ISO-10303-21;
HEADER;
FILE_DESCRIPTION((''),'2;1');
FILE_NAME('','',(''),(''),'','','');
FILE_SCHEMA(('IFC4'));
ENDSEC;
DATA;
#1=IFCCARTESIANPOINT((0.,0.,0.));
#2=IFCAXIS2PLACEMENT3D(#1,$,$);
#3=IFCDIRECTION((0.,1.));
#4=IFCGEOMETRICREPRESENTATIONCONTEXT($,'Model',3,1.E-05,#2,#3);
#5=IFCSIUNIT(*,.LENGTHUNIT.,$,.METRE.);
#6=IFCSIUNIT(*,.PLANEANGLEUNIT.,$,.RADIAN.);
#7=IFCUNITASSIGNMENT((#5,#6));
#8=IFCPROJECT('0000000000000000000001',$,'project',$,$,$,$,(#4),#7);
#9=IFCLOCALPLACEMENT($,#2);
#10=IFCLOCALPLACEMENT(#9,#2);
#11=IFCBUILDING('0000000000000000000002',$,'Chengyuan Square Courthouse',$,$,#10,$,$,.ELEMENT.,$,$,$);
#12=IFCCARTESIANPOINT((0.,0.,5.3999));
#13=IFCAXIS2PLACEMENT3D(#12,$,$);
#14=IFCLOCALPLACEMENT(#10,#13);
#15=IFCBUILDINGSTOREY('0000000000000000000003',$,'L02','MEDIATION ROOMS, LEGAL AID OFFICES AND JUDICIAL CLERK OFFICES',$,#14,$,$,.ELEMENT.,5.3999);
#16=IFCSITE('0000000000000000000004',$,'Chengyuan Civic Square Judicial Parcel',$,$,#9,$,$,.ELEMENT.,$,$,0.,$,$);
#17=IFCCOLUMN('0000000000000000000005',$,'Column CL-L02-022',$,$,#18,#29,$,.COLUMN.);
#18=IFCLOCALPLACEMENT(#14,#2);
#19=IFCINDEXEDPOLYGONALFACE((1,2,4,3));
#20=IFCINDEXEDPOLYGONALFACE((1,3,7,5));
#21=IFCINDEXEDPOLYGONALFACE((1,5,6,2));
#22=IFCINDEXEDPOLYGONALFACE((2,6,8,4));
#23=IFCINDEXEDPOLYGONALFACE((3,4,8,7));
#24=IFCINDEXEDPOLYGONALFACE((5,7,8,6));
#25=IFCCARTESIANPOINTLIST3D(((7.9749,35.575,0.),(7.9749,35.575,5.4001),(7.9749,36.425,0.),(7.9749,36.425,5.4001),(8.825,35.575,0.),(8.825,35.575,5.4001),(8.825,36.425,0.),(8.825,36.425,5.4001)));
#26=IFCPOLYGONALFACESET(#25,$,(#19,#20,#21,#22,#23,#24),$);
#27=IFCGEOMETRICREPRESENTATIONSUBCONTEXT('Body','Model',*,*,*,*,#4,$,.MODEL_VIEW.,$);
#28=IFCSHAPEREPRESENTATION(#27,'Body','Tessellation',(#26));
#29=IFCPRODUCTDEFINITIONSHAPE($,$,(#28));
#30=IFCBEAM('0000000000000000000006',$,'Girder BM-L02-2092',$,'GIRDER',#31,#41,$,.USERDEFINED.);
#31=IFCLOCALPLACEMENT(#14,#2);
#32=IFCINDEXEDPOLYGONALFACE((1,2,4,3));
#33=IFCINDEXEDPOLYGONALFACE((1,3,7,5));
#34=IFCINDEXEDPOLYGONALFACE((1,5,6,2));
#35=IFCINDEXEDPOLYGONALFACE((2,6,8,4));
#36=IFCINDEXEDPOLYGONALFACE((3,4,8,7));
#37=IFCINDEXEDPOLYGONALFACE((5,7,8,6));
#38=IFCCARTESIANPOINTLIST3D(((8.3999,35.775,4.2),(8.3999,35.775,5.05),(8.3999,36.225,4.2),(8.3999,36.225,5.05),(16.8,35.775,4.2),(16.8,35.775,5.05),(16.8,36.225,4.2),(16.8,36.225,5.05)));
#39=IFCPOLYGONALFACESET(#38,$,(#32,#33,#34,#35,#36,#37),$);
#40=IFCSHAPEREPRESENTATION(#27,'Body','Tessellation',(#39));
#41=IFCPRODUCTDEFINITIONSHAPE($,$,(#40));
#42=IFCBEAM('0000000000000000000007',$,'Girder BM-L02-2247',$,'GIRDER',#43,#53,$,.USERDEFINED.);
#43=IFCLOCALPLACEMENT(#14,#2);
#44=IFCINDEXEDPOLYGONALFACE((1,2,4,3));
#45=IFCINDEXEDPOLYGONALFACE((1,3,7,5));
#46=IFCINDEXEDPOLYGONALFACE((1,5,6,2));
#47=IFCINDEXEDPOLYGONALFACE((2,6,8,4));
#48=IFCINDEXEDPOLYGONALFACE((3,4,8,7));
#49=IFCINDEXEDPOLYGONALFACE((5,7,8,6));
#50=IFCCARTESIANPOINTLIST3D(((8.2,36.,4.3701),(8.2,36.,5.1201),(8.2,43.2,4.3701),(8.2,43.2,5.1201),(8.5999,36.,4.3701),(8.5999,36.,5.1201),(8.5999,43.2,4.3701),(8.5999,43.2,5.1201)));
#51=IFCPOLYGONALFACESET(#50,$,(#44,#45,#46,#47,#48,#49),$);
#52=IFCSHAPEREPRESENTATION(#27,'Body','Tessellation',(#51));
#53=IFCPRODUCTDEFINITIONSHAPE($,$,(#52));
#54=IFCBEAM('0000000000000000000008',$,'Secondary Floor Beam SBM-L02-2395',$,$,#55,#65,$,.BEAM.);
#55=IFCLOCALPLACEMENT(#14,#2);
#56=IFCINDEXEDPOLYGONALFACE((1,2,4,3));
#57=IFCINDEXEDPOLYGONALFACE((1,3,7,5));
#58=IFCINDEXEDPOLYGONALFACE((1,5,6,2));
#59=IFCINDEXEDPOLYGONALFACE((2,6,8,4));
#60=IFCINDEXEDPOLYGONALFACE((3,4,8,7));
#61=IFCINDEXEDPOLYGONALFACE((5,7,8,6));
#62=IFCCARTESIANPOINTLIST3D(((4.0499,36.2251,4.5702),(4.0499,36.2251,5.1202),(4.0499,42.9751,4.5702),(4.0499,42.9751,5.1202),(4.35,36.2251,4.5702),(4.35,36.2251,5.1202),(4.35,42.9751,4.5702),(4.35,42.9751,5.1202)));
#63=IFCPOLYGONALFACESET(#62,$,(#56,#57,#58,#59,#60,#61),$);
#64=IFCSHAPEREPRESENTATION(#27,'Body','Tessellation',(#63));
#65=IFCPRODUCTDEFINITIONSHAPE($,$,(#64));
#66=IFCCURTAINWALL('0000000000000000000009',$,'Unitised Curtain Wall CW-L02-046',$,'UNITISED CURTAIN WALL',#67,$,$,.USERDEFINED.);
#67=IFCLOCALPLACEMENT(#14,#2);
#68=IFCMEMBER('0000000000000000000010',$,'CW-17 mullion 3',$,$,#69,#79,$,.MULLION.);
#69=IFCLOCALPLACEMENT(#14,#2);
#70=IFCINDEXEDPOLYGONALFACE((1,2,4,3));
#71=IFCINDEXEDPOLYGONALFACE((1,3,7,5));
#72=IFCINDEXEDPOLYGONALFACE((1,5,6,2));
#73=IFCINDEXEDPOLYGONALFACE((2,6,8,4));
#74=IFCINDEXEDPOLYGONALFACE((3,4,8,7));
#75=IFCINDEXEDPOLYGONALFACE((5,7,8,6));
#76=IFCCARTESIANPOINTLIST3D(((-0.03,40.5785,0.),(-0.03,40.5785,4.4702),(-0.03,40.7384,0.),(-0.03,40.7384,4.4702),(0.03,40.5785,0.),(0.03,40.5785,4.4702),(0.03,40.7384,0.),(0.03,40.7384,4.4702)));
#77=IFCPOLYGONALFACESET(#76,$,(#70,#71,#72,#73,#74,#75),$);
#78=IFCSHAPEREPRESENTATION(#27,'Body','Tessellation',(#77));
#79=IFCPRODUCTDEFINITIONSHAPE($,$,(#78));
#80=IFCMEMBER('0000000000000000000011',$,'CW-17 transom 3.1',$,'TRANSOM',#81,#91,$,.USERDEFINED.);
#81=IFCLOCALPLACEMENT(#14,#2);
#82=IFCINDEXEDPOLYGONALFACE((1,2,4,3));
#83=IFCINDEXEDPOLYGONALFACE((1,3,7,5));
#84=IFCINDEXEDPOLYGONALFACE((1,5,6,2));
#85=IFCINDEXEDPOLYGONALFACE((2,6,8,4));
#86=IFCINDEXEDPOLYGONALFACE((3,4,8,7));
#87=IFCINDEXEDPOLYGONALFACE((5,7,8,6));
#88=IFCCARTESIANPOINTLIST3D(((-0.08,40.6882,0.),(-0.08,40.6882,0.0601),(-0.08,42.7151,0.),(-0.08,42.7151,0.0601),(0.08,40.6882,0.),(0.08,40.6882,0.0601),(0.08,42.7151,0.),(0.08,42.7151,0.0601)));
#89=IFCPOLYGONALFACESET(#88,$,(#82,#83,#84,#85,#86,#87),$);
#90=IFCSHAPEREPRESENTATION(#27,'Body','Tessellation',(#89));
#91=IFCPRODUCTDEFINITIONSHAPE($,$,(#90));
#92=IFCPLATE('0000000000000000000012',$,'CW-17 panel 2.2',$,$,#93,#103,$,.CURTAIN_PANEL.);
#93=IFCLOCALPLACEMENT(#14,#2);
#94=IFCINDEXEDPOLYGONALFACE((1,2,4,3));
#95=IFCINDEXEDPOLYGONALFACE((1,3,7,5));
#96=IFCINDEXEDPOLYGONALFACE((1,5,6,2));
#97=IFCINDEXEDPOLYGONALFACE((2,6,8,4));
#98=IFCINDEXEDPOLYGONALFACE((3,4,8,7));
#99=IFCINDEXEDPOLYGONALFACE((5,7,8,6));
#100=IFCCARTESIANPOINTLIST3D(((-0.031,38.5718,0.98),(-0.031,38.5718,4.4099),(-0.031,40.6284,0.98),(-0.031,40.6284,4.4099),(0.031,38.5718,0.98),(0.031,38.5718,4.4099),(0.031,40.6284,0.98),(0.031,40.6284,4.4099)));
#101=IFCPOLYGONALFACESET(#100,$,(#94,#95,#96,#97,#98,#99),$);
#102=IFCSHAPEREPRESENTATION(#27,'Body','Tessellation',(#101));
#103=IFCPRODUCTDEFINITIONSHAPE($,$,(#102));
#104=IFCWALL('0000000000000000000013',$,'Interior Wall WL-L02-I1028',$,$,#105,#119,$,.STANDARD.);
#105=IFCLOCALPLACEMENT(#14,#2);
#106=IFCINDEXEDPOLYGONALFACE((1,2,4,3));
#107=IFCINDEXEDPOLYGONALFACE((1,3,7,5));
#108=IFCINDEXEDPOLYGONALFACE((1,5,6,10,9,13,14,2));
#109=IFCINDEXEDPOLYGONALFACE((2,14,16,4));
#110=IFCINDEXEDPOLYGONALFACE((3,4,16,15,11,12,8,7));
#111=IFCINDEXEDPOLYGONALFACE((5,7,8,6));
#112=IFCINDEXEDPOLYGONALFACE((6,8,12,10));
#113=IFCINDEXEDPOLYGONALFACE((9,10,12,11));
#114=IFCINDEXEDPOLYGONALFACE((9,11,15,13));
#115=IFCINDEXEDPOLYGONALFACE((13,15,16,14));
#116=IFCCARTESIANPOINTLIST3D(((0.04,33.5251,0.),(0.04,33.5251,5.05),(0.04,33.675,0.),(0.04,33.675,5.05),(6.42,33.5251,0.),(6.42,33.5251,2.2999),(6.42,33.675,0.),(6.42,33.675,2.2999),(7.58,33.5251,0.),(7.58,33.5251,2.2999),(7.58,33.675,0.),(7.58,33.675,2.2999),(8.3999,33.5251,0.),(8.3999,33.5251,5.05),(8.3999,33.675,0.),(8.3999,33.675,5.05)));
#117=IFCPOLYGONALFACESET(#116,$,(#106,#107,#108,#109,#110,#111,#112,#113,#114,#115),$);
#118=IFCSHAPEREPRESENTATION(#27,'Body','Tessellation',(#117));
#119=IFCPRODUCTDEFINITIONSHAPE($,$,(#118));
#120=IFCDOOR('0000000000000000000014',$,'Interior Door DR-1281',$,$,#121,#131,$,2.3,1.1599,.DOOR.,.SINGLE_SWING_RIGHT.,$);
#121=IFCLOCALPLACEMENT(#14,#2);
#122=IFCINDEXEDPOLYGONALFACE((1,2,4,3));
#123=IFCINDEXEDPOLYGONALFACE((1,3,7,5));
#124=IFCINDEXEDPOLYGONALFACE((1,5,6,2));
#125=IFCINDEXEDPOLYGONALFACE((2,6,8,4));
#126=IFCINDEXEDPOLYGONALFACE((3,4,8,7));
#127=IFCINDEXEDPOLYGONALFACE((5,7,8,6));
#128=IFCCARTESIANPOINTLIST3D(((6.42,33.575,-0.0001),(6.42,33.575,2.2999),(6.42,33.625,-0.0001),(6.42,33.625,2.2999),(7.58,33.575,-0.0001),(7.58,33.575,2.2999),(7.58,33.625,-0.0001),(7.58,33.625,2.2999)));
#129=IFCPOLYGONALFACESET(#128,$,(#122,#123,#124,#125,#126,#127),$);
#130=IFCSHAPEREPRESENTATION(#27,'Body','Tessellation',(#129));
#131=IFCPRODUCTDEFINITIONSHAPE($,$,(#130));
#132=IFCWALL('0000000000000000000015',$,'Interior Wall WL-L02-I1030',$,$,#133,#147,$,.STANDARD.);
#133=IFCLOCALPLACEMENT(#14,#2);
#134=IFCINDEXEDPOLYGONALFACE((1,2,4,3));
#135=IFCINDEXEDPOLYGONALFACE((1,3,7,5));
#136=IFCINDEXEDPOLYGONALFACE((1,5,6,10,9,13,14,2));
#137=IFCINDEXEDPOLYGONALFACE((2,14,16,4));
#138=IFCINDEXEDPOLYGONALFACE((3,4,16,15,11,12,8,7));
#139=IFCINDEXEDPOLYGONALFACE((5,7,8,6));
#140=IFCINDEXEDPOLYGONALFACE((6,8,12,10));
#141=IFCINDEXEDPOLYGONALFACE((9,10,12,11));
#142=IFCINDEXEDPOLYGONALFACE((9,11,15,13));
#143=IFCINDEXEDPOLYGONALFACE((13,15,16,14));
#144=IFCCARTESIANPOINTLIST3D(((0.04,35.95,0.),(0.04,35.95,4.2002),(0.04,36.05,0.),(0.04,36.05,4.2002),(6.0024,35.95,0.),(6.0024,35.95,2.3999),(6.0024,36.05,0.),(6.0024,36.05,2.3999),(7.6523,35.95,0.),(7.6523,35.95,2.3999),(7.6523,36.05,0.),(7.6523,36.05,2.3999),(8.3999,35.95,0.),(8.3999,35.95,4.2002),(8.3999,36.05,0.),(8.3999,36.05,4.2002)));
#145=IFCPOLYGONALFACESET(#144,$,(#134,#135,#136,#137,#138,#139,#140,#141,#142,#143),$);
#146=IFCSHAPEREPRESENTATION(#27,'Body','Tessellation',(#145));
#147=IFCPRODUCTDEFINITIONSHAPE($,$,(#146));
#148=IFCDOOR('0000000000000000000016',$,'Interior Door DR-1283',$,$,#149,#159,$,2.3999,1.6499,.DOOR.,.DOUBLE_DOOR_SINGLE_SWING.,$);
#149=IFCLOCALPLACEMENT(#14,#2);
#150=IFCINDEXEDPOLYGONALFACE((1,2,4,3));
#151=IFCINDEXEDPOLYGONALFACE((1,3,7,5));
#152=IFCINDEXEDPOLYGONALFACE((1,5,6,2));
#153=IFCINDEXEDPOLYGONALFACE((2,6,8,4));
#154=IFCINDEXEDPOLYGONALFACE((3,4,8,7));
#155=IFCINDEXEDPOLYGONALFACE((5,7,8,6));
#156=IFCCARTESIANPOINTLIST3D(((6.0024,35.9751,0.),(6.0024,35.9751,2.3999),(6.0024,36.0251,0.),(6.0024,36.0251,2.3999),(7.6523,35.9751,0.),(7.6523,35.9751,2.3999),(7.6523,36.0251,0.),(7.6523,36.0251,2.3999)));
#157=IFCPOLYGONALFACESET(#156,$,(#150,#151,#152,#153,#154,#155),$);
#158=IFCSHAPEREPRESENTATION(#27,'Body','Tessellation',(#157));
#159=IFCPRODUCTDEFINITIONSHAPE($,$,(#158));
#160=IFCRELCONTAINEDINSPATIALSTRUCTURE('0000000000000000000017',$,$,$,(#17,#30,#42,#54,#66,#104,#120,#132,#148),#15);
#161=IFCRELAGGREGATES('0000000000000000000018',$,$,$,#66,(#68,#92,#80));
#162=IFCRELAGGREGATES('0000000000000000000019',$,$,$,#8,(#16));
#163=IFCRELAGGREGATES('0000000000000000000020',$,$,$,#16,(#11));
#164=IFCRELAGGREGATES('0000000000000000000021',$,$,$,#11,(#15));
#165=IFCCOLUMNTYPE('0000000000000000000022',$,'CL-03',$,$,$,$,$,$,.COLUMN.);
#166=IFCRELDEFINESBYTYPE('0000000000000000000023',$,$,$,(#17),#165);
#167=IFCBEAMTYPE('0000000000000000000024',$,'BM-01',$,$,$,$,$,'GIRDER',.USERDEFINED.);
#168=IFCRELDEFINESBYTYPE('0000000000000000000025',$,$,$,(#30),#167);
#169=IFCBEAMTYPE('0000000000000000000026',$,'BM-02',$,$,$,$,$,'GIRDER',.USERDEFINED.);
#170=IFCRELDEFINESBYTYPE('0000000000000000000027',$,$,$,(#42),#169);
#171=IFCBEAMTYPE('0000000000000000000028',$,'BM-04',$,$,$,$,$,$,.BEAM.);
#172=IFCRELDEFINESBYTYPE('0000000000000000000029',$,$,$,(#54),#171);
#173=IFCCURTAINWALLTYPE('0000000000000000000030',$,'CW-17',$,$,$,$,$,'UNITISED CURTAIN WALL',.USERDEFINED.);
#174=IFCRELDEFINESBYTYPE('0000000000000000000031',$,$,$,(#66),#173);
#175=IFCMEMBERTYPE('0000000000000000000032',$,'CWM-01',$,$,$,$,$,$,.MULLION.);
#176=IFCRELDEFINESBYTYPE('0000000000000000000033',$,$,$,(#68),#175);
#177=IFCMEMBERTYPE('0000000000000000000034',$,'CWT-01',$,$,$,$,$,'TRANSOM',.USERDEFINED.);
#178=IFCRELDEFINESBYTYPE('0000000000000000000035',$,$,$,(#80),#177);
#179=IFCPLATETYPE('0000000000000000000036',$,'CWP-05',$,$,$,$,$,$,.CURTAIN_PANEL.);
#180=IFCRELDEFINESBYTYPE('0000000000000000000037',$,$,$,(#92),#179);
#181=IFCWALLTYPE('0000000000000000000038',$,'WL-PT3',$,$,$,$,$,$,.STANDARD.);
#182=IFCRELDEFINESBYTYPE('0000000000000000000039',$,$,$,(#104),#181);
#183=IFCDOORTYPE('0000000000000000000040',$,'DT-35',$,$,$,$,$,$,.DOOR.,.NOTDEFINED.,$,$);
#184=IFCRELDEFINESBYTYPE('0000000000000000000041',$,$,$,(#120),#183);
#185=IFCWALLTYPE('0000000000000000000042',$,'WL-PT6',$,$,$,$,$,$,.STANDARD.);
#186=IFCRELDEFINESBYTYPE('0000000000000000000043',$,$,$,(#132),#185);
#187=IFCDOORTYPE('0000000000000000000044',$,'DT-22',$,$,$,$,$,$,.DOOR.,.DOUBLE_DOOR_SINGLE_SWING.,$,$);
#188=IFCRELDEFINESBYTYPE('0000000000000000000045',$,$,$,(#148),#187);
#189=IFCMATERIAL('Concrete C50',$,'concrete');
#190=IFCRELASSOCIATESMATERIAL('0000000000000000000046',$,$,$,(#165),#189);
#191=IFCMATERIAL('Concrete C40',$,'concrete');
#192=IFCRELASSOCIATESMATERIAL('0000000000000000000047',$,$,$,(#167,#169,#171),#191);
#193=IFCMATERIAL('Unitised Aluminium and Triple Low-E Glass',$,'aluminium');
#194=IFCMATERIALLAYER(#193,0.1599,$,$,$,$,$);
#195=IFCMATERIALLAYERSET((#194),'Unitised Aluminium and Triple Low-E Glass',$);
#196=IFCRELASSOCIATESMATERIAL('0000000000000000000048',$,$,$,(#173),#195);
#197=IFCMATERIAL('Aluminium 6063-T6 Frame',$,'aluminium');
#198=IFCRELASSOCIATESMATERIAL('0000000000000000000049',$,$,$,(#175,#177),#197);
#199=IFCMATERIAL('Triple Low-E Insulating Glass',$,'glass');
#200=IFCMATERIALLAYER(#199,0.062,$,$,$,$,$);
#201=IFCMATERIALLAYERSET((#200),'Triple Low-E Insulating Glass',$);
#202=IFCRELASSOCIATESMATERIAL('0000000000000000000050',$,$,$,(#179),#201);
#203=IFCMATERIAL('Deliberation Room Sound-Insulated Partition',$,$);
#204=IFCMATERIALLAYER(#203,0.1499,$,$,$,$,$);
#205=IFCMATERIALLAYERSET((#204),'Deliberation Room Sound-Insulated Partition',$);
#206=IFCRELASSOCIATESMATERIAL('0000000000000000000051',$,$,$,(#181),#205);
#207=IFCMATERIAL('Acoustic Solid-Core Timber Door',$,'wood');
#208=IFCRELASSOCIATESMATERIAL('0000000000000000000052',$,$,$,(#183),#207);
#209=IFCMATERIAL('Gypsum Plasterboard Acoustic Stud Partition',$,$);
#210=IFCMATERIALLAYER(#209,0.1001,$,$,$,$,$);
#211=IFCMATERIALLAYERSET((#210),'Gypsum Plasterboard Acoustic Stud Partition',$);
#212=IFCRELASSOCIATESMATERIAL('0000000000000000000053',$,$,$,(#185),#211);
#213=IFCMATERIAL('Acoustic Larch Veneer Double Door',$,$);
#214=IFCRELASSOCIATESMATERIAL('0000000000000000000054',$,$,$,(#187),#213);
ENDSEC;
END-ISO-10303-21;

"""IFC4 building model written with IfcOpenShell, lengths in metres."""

from ifc_helpers import new_model, si_unit, direction, frame, frame_2d, origin, origin_2d, place, context, subcontext, project, spatial, rectangle, extrude, material, layer, layer_set, material_profile, profile_set, type_object, element, fill, aggregate, save


model = new_model("IFC4")

# Units and contexts
model_context = context("Model", 3, precision=1e-05, world=origin(), true_north=direction((0.0, 1.0)))
body_context = subcontext(model_context, "Body", "Model", "MODEL_VIEW")
ifc_project = project(units=[si_unit("LENGTHUNIT", "METRE"), si_unit("PLANEANGLEUNIT", "RADIAN")], contexts=[model_context])

# Site, building, storey
site_placement = place(None, origin())
site = spatial("IfcSite", under=ifc_project, at=site_placement, Name="Chengyuan Civic Square Judicial Parcel", CompositionType="ELEMENT", RefElevation=0.0)
building_placement = place(site_placement, origin())
building = spatial("IfcBuilding", under=site, at=building_placement, Name="Chengyuan Square Courthouse", CompositionType="ELEMENT")
storey_placement = place(building_placement, frame((0.0, 0.0, 5.3999)))
storey = spatial("IfcBuildingStorey", under=building, at=storey_placement, Name="L02", Description="MEDIATION ROOMS, LEGAL AID OFFICES AND JUDICIAL CLERK OFFICES", CompositionType="ELEMENT", Elevation=5.3999)

# Column
ifc_material_1 = material(Name="Concrete C50", Category="concrete")
ifc_material_profile_1 = material_profile(ifc_material_1, rectangle(XDim=0.8501, YDim=0.8501, at=origin_2d()), Name="RC-COL-850x850")
ifc_profile_set_1 = profile_set([ifc_material_profile_1], Name="Concrete C50")
column_type = type_object("IfcColumnType", Name="CL-03", PredefinedType="COLUMN", material=ifc_profile_set_1)
column_placement = place(storey_placement, frame((8.3999, 36.0, 0.0), z_axis=(0.0, 0.0, 1.0), x_axis=(1.0, 0.0, 0.0)))
element("IfcColumn", 1, at=column_placement, inside=storey, type_object=column_type, Name="Column CL-L02-022", PredefinedType="COLUMN", context=body_context, shape_type="SweptSolid", body=[
    extrude(rectangle(XDim=0.8501, YDim=0.8501, at=origin_2d()), origin(), (0.0, 0.0, 1.0), 5.4001),
])

# Beams
ifc_material_2 = material(Name="Concrete C40", Category="concrete")
ifc_material_profile_2 = material_profile(ifc_material_2, rectangle(XDim=0.45, YDim=0.8501, at=origin_2d()), Name="RC-BM-450x850")
ifc_profile_set_2 = profile_set([ifc_material_profile_2], Name="Concrete C40")
beam_type_1 = type_object("IfcBeamType", Name="BM-01", ElementType="GIRDER", PredefinedType="USERDEFINED", material=ifc_profile_set_2)
beam_1_placement = place(storey_placement, frame((8.3999, 36.0, 4.625), z_axis=(1.0, 0.0, 0.0), x_axis=(0.0, 1.0, 0.0)))
element("IfcBeam", 2, at=beam_1_placement, inside=storey, type_object=beam_type_1, Name="Girder BM-L02-2092", ObjectType="GIRDER", PredefinedType="USERDEFINED", context=body_context, shape_type="SweptSolid", body=[
    extrude(rectangle(XDim=0.45, YDim=0.8501, at=origin_2d()), origin(), (0.0, 0.0, 1.0), 8.4001),
])
ifc_material_profile_3 = material_profile(ifc_material_2, rectangle(XDim=0.3999, YDim=0.75, at=origin_2d()), Name="RC-BM-400x750")
ifc_profile_set_3 = profile_set([ifc_material_profile_3], Name="Concrete C40")
beam_type_2 = type_object("IfcBeamType", Name="BM-02", ElementType="GIRDER", PredefinedType="USERDEFINED", material=ifc_profile_set_3)
beam_2_placement = place(storey_placement, frame((8.3999, 36.0, 4.7451), z_axis=(0.0, 1.0, 0.0), x_axis=(-1.0, 0.0, 0.0)))
element("IfcBeam", 3, at=beam_2_placement, inside=storey, type_object=beam_type_2, Name="Girder BM-L02-2247", ObjectType="GIRDER", PredefinedType="USERDEFINED", context=body_context, shape_type="SweptSolid", body=[
    extrude(rectangle(XDim=0.3999, YDim=0.75, at=origin_2d()), origin(), (0.0, 0.0, 1.0), 7.2),
])
ifc_material_profile_4 = material_profile(ifc_material_2, rectangle(XDim=0.3, YDim=0.55, at=origin_2d()), Name="RC-BM-300x550")
ifc_profile_set_4 = profile_set([ifc_material_profile_4], Name="Concrete C40")
beam_type_3 = type_object("IfcBeamType", Name="BM-04", PredefinedType="BEAM", material=ifc_profile_set_4)
beam_3_placement = place(storey_placement, frame((4.2, 36.2251, 4.8452), z_axis=(0.0, 1.0, 0.0), x_axis=(-1.0, 0.0, 0.0)))
element("IfcBeam", 4, at=beam_3_placement, inside=storey, type_object=beam_type_3, Name="Secondary Floor Beam SBM-L02-2395", PredefinedType="BEAM", context=body_context, shape_type="SweptSolid", body=[
    extrude(rectangle(XDim=0.3, YDim=0.55, at=origin_2d()), origin(), (0.0, 0.0, 1.0), 6.75),
])

# Curtain wall, members, plate
ifc_material_3 = material(Name="Unitised Aluminium and Triple Low-E Glass", Category="aluminium")
ifc_layer_1 = layer(ifc_material_3, 0.1599)
ifc_layer_set_1 = layer_set([ifc_layer_1], Name="Unitised Aluminium and Triple Low-E Glass")
curtain_wall_type = type_object("IfcCurtainWallType", Name="CW-17", ElementType="UNITISED CURTAIN WALL", PredefinedType="USERDEFINED", material=ifc_layer_set_1)
curtain_wall_placement = place(storey_placement, origin())
curtain_wall = element("IfcCurtainWall", 5, at=curtain_wall_placement, inside=storey, type_object=curtain_wall_type, Name="Unitised Curtain Wall CW-L02-046", ObjectType="UNITISED CURTAIN WALL", PredefinedType="USERDEFINED")
ifc_material_4 = material(Name="Aluminium 6063-T6 Frame", Category="aluminium")
ifc_material_profile_5 = material_profile(ifc_material_4, rectangle(XDim=0.0601, YDim=0.1599, at=origin_2d()), Name="CW-MUL-60x160")
ifc_profile_set_5 = profile_set([ifc_material_profile_5], Name="Aluminium 6063-T6 Frame")
member_type_1 = type_object("IfcMemberType", Name="CWM-01", PredefinedType="MULLION", material=ifc_profile_set_5)
member_1_placement = place(storey_placement, frame((0.0, 40.6584, 0.0), z_axis=(0.0, 0.0, 1.0), x_axis=(-1.0, 0.0, 0.0)))
member_1 = element("IfcMember", 6, at=member_1_placement, type_object=member_type_1, Name="CW-17 mullion 3", PredefinedType="MULLION", context=body_context, shape_type="SweptSolid", body=[
    extrude(rectangle(XDim=0.0601, YDim=0.1599, at=origin_2d()), origin(), (0.0, 0.0, 1.0), 4.4702),
])
ifc_material_profile_6 = material_profile(ifc_material_4, rectangle(XDim=0.1599, YDim=0.0601, at=origin_2d()), Name="CW-TRN-60x120")
ifc_profile_set_6 = profile_set([ifc_material_profile_6], Name="Aluminium 6063-T6 Frame")
member_type_2 = type_object("IfcMemberType", Name="CWT-01", ElementType="TRANSOM", PredefinedType="USERDEFINED", material=ifc_profile_set_6)
member_2_placement = place(storey_placement, frame((0.0, 40.6882, 0.03), z_axis=(0.0, 1.0, 0.0), x_axis=(-1.0, 0.0, 0.0)))
member_2 = element("IfcMember", 7, at=member_2_placement, type_object=member_type_2, Name="CW-17 transom 3.1", ObjectType="TRANSOM", PredefinedType="USERDEFINED", context=body_context, shape_type="SweptSolid", body=[
    extrude(rectangle(XDim=0.1599, YDim=0.0601, at=origin_2d()), origin(), (0.0, 0.0, 1.0), 2.0269),
])
ifc_material_5 = material(Name="Triple Low-E Insulating Glass", Category="glass")
ifc_layer_2 = layer(ifc_material_5, 0.062)
ifc_layer_set_2 = layer_set([ifc_layer_2], Name="Triple Low-E Insulating Glass")
plate_type = type_object("IfcPlateType", Name="CWP-05", PredefinedType="CURTAIN_PANEL", material=ifc_layer_set_2)
plate_placement = place(storey_placement, frame((0.0, 39.6001, 0.98), z_axis=(0.0, 0.0, 1.0), x_axis=(0.0, 1.0, 0.0)))
plate = element("IfcPlate", 8, at=plate_placement, type_object=plate_type, Name="CW-17 panel 2.2", PredefinedType="CURTAIN_PANEL", context=body_context, shape_type="SweptSolid", body=[
    extrude(rectangle(XDim=2.0566, YDim=0.062, at=origin_2d()), origin(), (0.0, 0.0, 1.0), 3.4299),
])
aggregate(curtain_wall, [member_1, plate, member_2])

# Walls, openings, doors
ifc_material_6 = material(Name="Deliberation Room Sound-Insulated Partition")
ifc_layer_3 = layer(ifc_material_6, 0.1499)
ifc_layer_set_3 = layer_set([ifc_layer_3], Name="Deliberation Room Sound-Insulated Partition")
wall_type_1 = type_object("IfcWallType", Name="WL-PT3", PredefinedType="STANDARD", material=ifc_layer_set_3)
wall_1_placement = place(storey_placement, frame((0.04, 33.6001, 0.0), z_axis=(0.0, 0.0, 1.0), x_axis=(1.0, 0.0, 0.0)))
wall_1 = element("IfcWall", 9, at=wall_1_placement, inside=storey, type_object=wall_type_1, Name="Interior Wall WL-L02-I1028", PredefinedType="STANDARD", context=body_context, shape_type="SweptSolid", body=[
    extrude(rectangle(XDim=8.3599, YDim=0.1499, at=frame_2d((4.1799, 0.0))), origin(), (0.0, 0.0, 1.0), 5.05),
])
opening_1_placement = place(wall_1_placement, frame((6.3799, 0.0, 0.0)))
opening_1 = element("IfcOpeningElement", 10, at=opening_1_placement, cuts=wall_1, PredefinedType="OPENING", context=body_context, shape_type="SweptSolid", body=[
    extrude(rectangle(XDim=1.1599, YDim=2.3, at=frame_2d((0.5801, 1.1499))), frame((0.0, 0.0869, 0.0), z_axis=(0.0, -1.0, 0.0), x_axis=(1.0, 0.0, 0.0)), (0.0, 0.0, 1.0), 0.1738),
])
ifc_material_7 = material(Name="Acoustic Solid-Core Timber Door", Category="wood")
door_type_1 = type_object("IfcDoorType", Name="DT-35", OperationType="NOTDEFINED", PredefinedType="DOOR", material=ifc_material_7)
door_1_placement = place(opening_1_placement, origin())
door_1 = element("IfcDoor", 11, at=door_1_placement, inside=storey, type_object=door_type_1, Name="Interior Door DR-1281", OperationType="SINGLE_SWING_RIGHT", OverallHeight=2.3, OverallWidth=1.1599, PredefinedType="DOOR", context=body_context, shape_type="SweptSolid", body=[
    extrude(rectangle(XDim=1.1599, YDim=2.3, at=frame_2d((0.5801, 1.1499))), frame((0.0, 0.0249, 0.0), z_axis=(0.0, -1.0, 0.0), x_axis=(1.0, 0.0, 0.0)), (0.0, 0.0, 1.0), 0.05),
])
fill(opening_1, door_1)
ifc_material_8 = material(Name="Gypsum Plasterboard Acoustic Stud Partition")
ifc_layer_4 = layer(ifc_material_8, 0.1001)
ifc_layer_set_4 = layer_set([ifc_layer_4], Name="Gypsum Plasterboard Acoustic Stud Partition")
wall_type_2 = type_object("IfcWallType", Name="WL-PT6", PredefinedType="STANDARD", material=ifc_layer_set_4)
wall_2_placement = place(storey_placement, frame((0.04, 36.0, 0.0), z_axis=(0.0, 0.0, 1.0), x_axis=(1.0, 0.0, 0.0)))
wall_2 = element("IfcWall", 12, at=wall_2_placement, inside=storey, type_object=wall_type_2, Name="Interior Wall WL-L02-I1030", PredefinedType="STANDARD", context=body_context, shape_type="SweptSolid", body=[
    extrude(rectangle(XDim=8.3599, YDim=0.1001, at=frame_2d((4.1799, 0.0))), origin(), (0.0, 0.0, 1.0), 4.2002),
])
opening_2_placement = place(wall_2_placement, frame((5.9624, 0.0, 0.0)))
opening_2 = element("IfcOpeningElement", 13, at=opening_2_placement, cuts=wall_2, PredefinedType="OPENING", context=body_context, shape_type="SweptSolid", body=[
    extrude(rectangle(XDim=1.6499, YDim=2.3999, at=frame_2d((0.825, 1.2))), frame((0.0, 0.062, 0.0), z_axis=(0.0, -1.0, 0.0), x_axis=(1.0, 0.0, 0.0)), (0.0, 0.0, 1.0), 0.124),
])
ifc_material_9 = material(Name="Acoustic Larch Veneer Double Door")
door_type_2 = type_object("IfcDoorType", Name="DT-22", OperationType="DOUBLE_DOOR_SINGLE_SWING", PredefinedType="DOOR", material=ifc_material_9)
door_2_placement = place(opening_2_placement, frame((1.6499, 0.0, 0.0), z_axis=(0.0, 0.0, 1.0), x_axis=(-1.0, 0.0, 0.0)))
door_2 = element("IfcDoor", 14, at=door_2_placement, inside=storey, type_object=door_type_2, Name="Interior Door DR-1283", OperationType="DOUBLE_DOOR_SINGLE_SWING", OverallHeight=2.3999, OverallWidth=1.6499, PredefinedType="DOOR", context=body_context, shape_type="SweptSolid", body=[
    extrude(rectangle(XDim=1.6499, YDim=2.3999, at=frame_2d((0.825, 1.2))), frame((0.0, 0.0249, 0.0), z_axis=(0.0, -1.0, 0.0), x_axis=(1.0, 0.0, 0.0)), (0.0, 0.0, 1.0), 0.05),
])
fill(opening_2, door_2)

save(model, "model.ifc")
